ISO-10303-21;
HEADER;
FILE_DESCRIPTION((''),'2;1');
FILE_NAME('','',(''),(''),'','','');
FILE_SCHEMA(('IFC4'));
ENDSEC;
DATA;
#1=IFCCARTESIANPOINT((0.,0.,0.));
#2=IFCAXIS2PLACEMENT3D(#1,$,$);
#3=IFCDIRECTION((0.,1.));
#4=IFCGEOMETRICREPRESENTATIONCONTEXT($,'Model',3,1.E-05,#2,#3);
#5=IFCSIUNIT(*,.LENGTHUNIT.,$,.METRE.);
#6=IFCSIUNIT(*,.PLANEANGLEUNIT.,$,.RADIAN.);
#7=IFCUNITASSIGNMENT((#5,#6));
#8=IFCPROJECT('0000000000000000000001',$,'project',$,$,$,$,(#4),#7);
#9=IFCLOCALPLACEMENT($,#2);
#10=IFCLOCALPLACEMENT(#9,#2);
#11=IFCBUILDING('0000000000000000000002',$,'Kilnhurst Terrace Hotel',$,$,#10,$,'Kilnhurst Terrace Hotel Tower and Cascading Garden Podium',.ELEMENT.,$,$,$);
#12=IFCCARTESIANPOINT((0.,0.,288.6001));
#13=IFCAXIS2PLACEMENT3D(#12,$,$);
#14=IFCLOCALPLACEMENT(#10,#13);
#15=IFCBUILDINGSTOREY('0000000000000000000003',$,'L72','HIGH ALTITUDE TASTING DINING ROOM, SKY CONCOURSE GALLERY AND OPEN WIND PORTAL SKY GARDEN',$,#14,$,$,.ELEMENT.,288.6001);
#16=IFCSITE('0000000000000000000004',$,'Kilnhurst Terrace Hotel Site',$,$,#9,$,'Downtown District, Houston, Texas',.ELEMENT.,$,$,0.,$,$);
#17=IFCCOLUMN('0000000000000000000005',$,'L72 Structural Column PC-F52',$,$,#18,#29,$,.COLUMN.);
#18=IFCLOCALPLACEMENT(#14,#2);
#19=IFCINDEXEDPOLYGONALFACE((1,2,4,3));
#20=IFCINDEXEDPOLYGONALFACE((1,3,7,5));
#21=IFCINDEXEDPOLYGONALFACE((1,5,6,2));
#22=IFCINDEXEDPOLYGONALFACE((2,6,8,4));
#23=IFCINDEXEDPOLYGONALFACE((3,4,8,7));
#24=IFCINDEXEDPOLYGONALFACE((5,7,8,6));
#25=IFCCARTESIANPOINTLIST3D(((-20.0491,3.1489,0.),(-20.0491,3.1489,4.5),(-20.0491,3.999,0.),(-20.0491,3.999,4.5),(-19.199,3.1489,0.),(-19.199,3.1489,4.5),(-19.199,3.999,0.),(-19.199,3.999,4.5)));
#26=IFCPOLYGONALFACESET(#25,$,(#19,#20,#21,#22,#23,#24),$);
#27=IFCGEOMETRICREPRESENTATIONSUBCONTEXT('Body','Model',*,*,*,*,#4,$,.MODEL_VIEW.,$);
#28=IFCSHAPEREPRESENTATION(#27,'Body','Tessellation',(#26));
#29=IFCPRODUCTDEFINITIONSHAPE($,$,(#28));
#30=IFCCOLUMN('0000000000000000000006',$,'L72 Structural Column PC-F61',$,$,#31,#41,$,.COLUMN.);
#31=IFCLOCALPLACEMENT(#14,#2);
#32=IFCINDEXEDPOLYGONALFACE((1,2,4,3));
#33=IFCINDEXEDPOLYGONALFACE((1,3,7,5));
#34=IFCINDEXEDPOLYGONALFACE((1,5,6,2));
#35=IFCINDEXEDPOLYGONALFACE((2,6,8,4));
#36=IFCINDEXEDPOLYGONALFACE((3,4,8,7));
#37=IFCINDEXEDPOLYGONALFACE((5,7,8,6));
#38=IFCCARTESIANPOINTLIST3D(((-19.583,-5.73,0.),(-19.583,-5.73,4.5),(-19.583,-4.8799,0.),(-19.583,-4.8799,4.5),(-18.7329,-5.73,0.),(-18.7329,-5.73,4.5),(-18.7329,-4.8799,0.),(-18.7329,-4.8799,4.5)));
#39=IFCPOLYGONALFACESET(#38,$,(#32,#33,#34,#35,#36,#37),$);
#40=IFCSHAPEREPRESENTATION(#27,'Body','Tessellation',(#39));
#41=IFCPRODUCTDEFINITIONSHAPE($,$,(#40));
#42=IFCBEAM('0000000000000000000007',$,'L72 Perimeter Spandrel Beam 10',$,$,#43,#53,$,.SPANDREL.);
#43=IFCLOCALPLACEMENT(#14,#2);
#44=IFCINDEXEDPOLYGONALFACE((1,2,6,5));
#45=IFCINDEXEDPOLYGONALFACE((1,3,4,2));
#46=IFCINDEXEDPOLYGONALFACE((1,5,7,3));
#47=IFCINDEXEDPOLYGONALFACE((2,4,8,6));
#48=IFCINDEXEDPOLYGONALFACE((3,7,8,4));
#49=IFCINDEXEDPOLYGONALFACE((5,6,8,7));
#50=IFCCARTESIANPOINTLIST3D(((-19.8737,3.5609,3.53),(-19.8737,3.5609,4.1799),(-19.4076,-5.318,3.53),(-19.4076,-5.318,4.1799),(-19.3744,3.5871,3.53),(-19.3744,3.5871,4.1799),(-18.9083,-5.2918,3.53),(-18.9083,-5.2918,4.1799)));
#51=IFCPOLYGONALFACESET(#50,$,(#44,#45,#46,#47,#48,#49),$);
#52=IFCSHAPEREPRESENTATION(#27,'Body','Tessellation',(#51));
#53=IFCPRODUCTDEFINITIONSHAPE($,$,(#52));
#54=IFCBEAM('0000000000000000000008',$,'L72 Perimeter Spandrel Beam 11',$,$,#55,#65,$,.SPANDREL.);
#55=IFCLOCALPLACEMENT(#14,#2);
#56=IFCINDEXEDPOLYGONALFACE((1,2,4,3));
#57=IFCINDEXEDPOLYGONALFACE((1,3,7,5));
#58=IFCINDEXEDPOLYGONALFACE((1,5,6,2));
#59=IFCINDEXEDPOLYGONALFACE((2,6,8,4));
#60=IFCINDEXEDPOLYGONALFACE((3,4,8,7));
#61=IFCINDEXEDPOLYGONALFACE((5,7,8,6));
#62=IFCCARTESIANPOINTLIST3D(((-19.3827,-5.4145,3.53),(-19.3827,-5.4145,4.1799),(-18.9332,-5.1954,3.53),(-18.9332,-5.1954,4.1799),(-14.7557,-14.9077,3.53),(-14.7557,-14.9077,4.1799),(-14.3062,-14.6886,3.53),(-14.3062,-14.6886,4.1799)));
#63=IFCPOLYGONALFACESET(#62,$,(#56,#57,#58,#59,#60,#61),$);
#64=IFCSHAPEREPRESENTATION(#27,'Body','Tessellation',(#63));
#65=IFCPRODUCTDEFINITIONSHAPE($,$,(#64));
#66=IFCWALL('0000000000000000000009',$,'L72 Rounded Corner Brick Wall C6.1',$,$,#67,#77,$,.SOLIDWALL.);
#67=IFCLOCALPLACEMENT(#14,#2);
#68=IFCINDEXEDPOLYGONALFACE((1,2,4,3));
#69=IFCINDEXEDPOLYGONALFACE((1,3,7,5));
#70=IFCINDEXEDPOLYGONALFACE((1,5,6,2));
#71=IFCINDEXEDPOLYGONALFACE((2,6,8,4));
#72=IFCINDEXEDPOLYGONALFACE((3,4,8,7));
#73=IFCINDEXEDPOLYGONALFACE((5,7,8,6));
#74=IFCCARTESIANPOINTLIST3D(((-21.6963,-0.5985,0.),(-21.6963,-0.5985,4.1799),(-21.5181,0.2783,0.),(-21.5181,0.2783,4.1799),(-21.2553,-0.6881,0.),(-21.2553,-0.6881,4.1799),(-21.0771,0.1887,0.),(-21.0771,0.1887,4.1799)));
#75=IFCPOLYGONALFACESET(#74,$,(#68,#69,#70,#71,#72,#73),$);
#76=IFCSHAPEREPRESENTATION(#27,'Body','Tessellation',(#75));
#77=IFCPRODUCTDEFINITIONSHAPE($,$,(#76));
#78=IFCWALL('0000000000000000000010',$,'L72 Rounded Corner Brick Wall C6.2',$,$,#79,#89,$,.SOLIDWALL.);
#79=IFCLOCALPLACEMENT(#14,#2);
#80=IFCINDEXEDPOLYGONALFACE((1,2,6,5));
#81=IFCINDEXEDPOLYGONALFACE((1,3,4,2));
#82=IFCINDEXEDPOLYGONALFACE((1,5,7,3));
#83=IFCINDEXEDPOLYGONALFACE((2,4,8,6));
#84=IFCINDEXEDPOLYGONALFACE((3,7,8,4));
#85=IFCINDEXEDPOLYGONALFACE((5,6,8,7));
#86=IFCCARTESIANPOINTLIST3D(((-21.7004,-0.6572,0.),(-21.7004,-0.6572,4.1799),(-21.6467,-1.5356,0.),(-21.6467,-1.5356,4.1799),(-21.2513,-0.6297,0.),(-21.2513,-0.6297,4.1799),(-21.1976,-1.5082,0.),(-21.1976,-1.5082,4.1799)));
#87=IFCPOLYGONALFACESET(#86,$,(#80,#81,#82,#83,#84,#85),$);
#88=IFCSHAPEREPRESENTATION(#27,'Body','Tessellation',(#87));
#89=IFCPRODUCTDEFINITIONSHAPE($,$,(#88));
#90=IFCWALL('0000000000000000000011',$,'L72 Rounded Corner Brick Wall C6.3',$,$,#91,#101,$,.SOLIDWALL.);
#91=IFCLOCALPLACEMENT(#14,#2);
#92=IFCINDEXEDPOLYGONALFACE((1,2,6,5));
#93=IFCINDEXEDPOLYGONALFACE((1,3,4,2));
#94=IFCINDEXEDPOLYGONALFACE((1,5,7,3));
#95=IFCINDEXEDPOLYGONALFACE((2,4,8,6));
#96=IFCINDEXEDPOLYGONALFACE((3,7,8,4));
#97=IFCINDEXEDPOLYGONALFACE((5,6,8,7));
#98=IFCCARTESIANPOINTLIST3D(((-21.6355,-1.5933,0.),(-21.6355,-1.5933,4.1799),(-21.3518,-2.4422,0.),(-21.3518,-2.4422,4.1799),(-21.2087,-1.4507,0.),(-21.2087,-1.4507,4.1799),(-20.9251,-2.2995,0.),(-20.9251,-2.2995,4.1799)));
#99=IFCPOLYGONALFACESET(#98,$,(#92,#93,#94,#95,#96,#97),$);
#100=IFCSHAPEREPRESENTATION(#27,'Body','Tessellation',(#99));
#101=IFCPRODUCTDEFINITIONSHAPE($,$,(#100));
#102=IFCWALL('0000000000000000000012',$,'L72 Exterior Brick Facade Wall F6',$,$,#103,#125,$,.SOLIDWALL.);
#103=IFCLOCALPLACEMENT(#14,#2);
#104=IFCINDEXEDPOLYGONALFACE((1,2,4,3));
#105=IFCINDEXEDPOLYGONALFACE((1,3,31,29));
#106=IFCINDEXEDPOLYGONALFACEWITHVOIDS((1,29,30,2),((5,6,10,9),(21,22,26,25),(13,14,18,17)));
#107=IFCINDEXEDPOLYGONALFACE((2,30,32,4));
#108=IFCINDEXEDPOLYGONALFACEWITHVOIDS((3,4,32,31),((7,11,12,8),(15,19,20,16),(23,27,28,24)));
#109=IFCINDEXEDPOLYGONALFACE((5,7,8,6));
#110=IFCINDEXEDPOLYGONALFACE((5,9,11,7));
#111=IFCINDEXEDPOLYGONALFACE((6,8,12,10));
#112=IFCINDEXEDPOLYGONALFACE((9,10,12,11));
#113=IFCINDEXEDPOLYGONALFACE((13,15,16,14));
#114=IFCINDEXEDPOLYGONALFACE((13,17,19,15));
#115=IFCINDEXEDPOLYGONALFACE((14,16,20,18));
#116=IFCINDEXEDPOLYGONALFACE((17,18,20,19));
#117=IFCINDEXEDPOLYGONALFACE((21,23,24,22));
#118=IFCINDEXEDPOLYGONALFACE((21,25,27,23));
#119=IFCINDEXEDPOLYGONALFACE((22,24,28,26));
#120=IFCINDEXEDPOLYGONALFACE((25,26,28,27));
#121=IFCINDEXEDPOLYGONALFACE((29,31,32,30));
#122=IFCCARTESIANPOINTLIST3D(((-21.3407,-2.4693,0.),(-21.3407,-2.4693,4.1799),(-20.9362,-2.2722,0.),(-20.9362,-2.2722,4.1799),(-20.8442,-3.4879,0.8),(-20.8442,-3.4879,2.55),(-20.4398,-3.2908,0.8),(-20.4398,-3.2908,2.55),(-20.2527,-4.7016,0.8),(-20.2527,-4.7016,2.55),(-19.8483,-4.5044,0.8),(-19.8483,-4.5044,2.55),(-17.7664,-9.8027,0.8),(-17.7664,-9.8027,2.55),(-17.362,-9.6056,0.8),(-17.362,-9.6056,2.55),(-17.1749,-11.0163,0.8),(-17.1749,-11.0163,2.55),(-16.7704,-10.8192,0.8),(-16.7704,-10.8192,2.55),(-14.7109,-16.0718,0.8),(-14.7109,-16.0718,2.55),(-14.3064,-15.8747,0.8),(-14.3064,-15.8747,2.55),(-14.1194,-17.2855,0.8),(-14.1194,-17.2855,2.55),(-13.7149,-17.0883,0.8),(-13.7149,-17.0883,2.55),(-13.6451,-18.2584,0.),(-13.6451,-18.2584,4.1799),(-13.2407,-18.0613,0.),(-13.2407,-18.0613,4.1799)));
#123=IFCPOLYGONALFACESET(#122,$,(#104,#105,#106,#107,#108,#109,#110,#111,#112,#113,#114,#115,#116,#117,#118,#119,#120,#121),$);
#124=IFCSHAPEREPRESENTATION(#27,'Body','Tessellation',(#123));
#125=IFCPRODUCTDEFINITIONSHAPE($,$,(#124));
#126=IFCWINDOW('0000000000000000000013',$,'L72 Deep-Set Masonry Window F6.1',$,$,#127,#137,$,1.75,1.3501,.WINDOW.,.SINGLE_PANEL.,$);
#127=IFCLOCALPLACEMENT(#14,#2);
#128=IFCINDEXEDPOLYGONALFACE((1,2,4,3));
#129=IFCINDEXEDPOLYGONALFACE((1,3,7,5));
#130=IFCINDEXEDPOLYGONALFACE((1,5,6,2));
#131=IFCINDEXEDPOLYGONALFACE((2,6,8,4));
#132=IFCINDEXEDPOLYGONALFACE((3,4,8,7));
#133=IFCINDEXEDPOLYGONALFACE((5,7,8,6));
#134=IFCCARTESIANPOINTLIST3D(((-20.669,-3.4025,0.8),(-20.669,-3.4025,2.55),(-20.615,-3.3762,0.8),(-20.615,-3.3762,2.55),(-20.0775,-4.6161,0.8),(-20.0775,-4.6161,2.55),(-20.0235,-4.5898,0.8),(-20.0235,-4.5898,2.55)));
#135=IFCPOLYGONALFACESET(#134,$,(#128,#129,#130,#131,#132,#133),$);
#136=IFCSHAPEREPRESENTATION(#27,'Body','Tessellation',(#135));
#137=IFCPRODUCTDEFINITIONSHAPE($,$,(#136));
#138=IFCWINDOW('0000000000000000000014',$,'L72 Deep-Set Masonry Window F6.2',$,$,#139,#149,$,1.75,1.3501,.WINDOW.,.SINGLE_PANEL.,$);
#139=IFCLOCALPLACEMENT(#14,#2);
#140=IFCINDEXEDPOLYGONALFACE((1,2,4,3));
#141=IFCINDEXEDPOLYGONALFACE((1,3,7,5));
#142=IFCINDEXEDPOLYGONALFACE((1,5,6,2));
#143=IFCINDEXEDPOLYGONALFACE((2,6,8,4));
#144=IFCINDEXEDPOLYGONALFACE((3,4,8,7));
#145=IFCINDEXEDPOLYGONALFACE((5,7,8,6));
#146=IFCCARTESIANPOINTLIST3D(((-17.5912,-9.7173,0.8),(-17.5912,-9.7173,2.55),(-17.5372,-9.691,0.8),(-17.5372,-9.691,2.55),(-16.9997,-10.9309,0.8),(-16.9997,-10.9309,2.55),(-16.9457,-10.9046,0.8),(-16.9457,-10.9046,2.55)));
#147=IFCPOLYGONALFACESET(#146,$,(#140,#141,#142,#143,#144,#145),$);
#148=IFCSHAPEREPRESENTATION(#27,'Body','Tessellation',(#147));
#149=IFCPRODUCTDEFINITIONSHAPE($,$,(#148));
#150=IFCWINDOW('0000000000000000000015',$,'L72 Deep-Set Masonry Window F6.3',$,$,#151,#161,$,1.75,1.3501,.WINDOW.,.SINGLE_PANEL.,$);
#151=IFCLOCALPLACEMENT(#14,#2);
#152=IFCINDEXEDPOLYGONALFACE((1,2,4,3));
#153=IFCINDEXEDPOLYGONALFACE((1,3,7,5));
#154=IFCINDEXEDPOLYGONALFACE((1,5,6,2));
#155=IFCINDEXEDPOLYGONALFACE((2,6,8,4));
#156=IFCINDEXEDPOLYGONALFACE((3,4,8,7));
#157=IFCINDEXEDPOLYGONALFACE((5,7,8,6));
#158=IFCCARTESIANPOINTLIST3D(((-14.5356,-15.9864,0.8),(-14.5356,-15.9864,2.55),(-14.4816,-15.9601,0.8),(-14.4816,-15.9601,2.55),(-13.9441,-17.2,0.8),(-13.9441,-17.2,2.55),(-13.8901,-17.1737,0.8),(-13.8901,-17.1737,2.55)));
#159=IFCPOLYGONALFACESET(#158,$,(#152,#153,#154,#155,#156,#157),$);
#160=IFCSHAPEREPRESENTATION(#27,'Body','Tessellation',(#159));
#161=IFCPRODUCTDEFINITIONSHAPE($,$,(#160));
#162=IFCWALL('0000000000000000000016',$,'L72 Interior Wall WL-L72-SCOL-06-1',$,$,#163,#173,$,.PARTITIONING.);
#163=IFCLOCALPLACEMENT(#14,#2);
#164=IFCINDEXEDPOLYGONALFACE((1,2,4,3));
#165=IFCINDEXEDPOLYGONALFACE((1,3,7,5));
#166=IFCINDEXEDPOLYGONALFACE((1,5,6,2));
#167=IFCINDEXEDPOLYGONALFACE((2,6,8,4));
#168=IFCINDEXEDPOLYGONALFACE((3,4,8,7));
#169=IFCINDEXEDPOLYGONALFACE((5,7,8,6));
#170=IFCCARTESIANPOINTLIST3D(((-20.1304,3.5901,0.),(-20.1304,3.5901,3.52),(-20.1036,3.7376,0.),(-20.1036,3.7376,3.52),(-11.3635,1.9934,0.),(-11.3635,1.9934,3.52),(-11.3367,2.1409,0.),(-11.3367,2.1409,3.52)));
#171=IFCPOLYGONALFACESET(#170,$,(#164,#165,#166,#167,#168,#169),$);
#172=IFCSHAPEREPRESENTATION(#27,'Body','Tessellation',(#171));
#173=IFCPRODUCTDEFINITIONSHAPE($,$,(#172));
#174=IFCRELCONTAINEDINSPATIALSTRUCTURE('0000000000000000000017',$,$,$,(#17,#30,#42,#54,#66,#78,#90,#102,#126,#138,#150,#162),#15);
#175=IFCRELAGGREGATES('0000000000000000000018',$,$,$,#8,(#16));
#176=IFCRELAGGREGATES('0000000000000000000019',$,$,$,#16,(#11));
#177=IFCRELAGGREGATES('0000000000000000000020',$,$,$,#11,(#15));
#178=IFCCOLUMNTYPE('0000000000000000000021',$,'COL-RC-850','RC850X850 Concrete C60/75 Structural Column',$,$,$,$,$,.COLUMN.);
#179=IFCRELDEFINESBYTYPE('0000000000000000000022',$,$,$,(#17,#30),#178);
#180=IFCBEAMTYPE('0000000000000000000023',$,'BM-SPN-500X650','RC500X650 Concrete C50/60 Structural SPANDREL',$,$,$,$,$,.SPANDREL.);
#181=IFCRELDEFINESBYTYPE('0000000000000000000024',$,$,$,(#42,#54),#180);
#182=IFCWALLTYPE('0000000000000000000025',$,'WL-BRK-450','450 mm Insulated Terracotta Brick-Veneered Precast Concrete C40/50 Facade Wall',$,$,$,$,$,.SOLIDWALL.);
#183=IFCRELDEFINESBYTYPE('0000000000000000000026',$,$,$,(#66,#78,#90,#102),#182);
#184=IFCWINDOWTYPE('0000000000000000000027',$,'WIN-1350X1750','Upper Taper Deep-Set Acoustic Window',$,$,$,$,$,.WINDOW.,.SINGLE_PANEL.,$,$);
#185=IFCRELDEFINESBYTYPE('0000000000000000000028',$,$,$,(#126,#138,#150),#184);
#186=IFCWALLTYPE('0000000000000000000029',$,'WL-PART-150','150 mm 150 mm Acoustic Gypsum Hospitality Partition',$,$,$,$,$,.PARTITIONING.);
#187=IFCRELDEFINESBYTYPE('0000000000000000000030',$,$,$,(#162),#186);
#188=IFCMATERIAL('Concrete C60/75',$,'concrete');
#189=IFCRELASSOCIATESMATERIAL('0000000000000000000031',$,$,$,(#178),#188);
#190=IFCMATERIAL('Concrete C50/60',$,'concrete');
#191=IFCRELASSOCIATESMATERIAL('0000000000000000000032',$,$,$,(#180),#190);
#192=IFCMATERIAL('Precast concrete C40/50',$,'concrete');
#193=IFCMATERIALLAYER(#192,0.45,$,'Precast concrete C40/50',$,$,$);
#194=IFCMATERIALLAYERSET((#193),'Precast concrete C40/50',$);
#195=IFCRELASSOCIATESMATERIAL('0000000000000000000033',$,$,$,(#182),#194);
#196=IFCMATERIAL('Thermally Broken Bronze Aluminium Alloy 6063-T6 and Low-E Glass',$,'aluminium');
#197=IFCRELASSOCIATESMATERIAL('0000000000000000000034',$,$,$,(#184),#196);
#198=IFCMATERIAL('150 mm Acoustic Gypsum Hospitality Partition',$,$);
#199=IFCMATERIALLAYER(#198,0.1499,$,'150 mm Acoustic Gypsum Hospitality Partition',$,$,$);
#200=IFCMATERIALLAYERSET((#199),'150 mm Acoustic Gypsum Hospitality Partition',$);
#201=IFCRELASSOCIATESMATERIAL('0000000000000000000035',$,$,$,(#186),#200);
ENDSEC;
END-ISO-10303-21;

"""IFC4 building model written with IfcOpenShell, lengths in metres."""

from ifc_helpers import new_model, si_unit, direction, frame, frame_2d, origin, origin_2d, place, context, subcontext, project, spatial, rectangle, extrude, material, layer, layer_set, material_profile, profile_set, type_object, element, fill, save


model = new_model("IFC4")

# Units and contexts
model_context = context("Model", 3, precision=1e-05, world=origin(), true_north=direction((0.0, 1.0)))
body_context = subcontext(model_context, "Body", "Model", "MODEL_VIEW")
ifc_project = project(units=[si_unit("LENGTHUNIT", "METRE"), si_unit("PLANEANGLEUNIT", "RADIAN")], contexts=[model_context])

# Site, building, storey
site_placement = place(None, origin())
site = spatial("IfcSite", under=ifc_project, at=site_placement, Name="Kilnhurst Terrace Hotel Site", LongName="Downtown District, Houston, Texas", CompositionType="ELEMENT", RefElevation=0.0)
building_placement = place(site_placement, origin())
building = spatial("IfcBuilding", under=site, at=building_placement, Name="Kilnhurst Terrace Hotel", LongName="Kilnhurst Terrace Hotel Tower and Cascading Garden Podium", CompositionType="ELEMENT")
storey_placement = place(building_placement, frame((0.0, 0.0, 288.6001)))
storey = spatial("IfcBuildingStorey", under=building, at=storey_placement, Name="L72", Description="HIGH ALTITUDE TASTING DINING ROOM, SKY CONCOURSE GALLERY AND OPEN WIND PORTAL SKY GARDEN", CompositionType="ELEMENT", Elevation=288.6001)

# Columns
ifc_material_1 = material(Name="Concrete C60/75", Category="concrete")
ifc_material_profile_1 = material_profile(ifc_material_1, rectangle(XDim=0.8501, YDim=0.8501, at=origin_2d()), Name="RC850X850")
ifc_profile_set_1 = profile_set([ifc_material_profile_1], Name="Concrete C60/75")
column_type = type_object("IfcColumnType", Name="COL-RC-850", Description="RC850X850 Concrete C60/75 Structural Column", PredefinedType="COLUMN", material=ifc_profile_set_1)
for number, where, z_axis, x_axis, name in (
    (1, (-19.624, 3.574, 0.0), (0.0, 0.0, 1.0), (1.0, 0.0, 0.0), "L72 Structural Column PC-F52"),
    (2, (-19.158, -5.3049, 0.0), (0.0, 0.0, 1.0), (1.0, 0.0, 0.0), "L72 Structural Column PC-F61"),
):
    element("IfcColumn", number, at=place(storey_placement, frame(where, z_axis=z_axis, x_axis=x_axis)), inside=storey, type_object=column_type, Name=name, PredefinedType="COLUMN", context=body_context, shape_type="SweptSolid", body=[
        extrude(rectangle(XDim=0.8501, YDim=0.8501, at=origin_2d()), origin(), (0.0, 0.0, 1.0), 4.5),
    ])

# Beams
ifc_material_2 = material(Name="Concrete C50/60", Category="concrete")
ifc_material_profile_2 = material_profile(ifc_material_2, rectangle(XDim=0.5, YDim=0.6499, at=origin_2d()), Name="RC500X650")
ifc_profile_set_2 = profile_set([ifc_material_profile_2], Name="Concrete C50/60")
beam_type = type_object("IfcBeamType", Name="BM-SPN-500X650", Description="RC500X650 Concrete C50/60 Structural SPANDREL", PredefinedType="SPANDREL", material=ifc_profile_set_2)
beam_1_placement = place(storey_placement, frame((-19.624, 3.574, 3.855), z_axis=(0.052419, -0.998625, 0.0), x_axis=(0.998625, 0.052419, 0.0)))
element("IfcBeam", 3, at=beam_1_placement, inside=storey, type_object=beam_type, Name="L72 Perimeter Spandrel Beam 10", PredefinedType="SPANDREL", context=body_context, shape_type="SweptSolid", body=[
    extrude(rectangle(XDim=0.5, YDim=0.6499, at=origin_2d()), origin(), (0.0, 0.0, 1.0), 8.8911),
])
beam_2_placement = place(storey_placement, frame((-19.158, -5.3049, 3.855), z_axis=(0.438128, -0.898912, 0.0), x_axis=(0.898912, 0.438128, 0.0)))
element("IfcBeam", 4, at=beam_2_placement, inside=storey, type_object=beam_type, Name="L72 Perimeter Spandrel Beam 11", PredefinedType="SPANDREL", context=body_context, shape_type="SweptSolid", body=[
    extrude(rectangle(XDim=0.5, YDim=0.6499, at=origin_2d()), origin(), (0.0, 0.0, 1.0), 10.5608),
])

# Walls
ifc_material_3 = material(Name="Precast concrete C40/50", Category="concrete")
ifc_layer_1 = layer(ifc_material_3, 0.45, Name="Precast concrete C40/50")
ifc_layer_set_1 = layer_set([ifc_layer_1], Name="Precast concrete C40/50")
wall_type_1 = type_object("IfcWallType", Name="WL-BRK-450", Description="450 mm Insulated Terracotta Brick-Veneered Precast Concrete C40/50 Facade Wall", PredefinedType="SOLIDWALL", material=ifc_layer_set_1)
wall_1_placement = place(storey_placement, frame((-21.2976, 0.2334, 0.0), z_axis=(0.0, 0.0, 1.0), x_axis=(-0.199158, -0.979967, 0.0)))
element("IfcWall", 5, at=wall_1_placement, inside=storey, type_object=wall_type_1, Name="L72 Rounded Corner Brick Wall C6.1", PredefinedType="SOLIDWALL", context=body_context, shape_type="SweptSolid", body=[
    extrude(rectangle(XDim=0.8948, YDim=0.45, at=frame_2d((0.4473, 0.0))), origin(), (0.0, 0.0, 1.0), 4.1799),
])
wall_2_placement = place(storey_placement, frame((-21.4758, -0.6436, 0.0), z_axis=(0.0, 0.0, 1.0), x_axis=(0.061031, -0.998136, 0.0)))
element("IfcWall", 6, at=wall_2_placement, inside=storey, type_object=wall_type_1, Name="L72 Rounded Corner Brick Wall C6.2", PredefinedType="SOLIDWALL", context=body_context, shape_type="SweptSolid", body=[
    extrude(rectangle(XDim=0.8801, YDim=0.45, at=frame_2d((0.4399, 0.0))), origin(), (0.0, 0.0, 1.0), 4.1799),
])
wall_3_placement = place(storey_placement, frame((-21.4221, -1.522, 0.0), z_axis=(0.0, 0.0, 1.0), x_axis=(0.316964, -0.948438, 0.0)))
element("IfcWall", 7, at=wall_3_placement, inside=storey, type_object=wall_type_1, Name="L72 Rounded Corner Brick Wall C6.3", PredefinedType="SOLIDWALL", context=body_context, shape_type="SweptSolid", body=[
    extrude(rectangle(XDim=0.895, YDim=0.45, at=frame_2d((0.4475, 0.0))), origin(), (0.0, 0.0, 1.0), 4.1799),
])

# Wall, openings, windows
wall_4_placement = place(storey_placement, frame((-21.1384, -2.3708, 0.0), z_axis=(0.0, 0.0, 1.0), x_axis=(0.438128, -0.898913, 0.0)))
wall_4 = element("IfcWall", 8, at=wall_4_placement, inside=storey, type_object=wall_type_1, Name="L72 Exterior Brick Facade Wall F6", PredefinedType="SOLIDWALL", context=body_context, shape_type="SweptSolid", body=[
    extrude(rectangle(XDim=17.5647, YDim=0.45, at=frame_2d((8.7822, 0.0))), origin(), (0.0, 0.0, 1.0), 4.1799),
])
opening_1_placement = place(wall_4_placement, frame((1.1331, 0.0, 0.8)))
opening_1 = element("IfcOpeningElement", 9, at=opening_1_placement, cuts=wall_4, PredefinedType="OPENING", context=body_context, shape_type="SweptSolid", body=[
    extrude(rectangle(XDim=1.3501, YDim=1.75, at=frame_2d((0.675, 0.875))), frame((0.0, 0.2349, 0.0), z_axis=(0.0, -1.0, 0.0), x_axis=(1.0, 0.0, 0.0)), (0.0, 0.0, 1.0), 0.47),
])
opening_2_placement = place(wall_4_placement, frame((8.158, 0.0, 0.8)))
opening_2 = element("IfcOpeningElement", 10, at=opening_2_placement, cuts=wall_4, PredefinedType="OPENING", context=body_context, shape_type="SweptSolid", body=[
    extrude(rectangle(XDim=1.3501, YDim=1.75, at=frame_2d((0.675, 0.875))), frame((0.0, 0.2349, 0.0), z_axis=(0.0, -1.0, 0.0), x_axis=(1.0, 0.0, 0.0)), (0.0, 0.0, 1.0), 0.47),
])
opening_3_placement = place(wall_4_placement, frame((15.1321, 0.0, 0.8)))
opening_3 = element("IfcOpeningElement", 11, at=opening_3_placement, cuts=wall_4, PredefinedType="OPENING", context=body_context, shape_type="SweptSolid", body=[
    extrude(rectangle(XDim=1.3501, YDim=1.75, at=frame_2d((0.675, 0.875))), frame((0.0, 0.2349, 0.0), z_axis=(0.0, -1.0, 0.0), x_axis=(1.0, 0.0, 0.0)), (0.0, 0.0, 1.0), 0.47),
])
ifc_material_4 = material(Name="Thermally Broken Bronze Aluminium Alloy 6063-T6 and Low-E Glass", Category="aluminium")
window_type = type_object("IfcWindowType", Name="WIN-1350X1750", Description="Upper Taper Deep-Set Acoustic Window", PartitioningType="SINGLE_PANEL", PredefinedType="WINDOW", material=ifc_material_4)
window_1_placement = place(opening_1_placement, origin())
window_1 = element("IfcWindow", 12, at=window_1_placement, inside=storey, type_object=window_type, Name="L72 Deep-Set Masonry Window F6.1", OverallHeight=1.75, OverallWidth=1.3501, PartitioningType="SINGLE_PANEL", PredefinedType="WINDOW", context=body_context, shape_type="SweptSolid", body=[
    extrude(rectangle(XDim=1.3501, YDim=1.75, at=frame_2d((0.675, 0.875))), frame((0.0, 0.03, 0.0), z_axis=(0.0, -1.0, 0.0), x_axis=(1.0, 0.0, 0.0)), (0.0, 0.0, 1.0), 0.0601),
])
fill(opening_1, window_1)
window_2_placement = place(opening_2_placement, origin())
window_2 = element("IfcWindow", 13, at=window_2_placement, inside=storey, type_object=window_type, Name="L72 Deep-Set Masonry Window F6.2", OverallHeight=1.75, OverallWidth=1.3501, PartitioningType="SINGLE_PANEL", PredefinedType="WINDOW", context=body_context, shape_type="SweptSolid", body=[
    extrude(rectangle(XDim=1.3501, YDim=1.75, at=frame_2d((0.675, 0.875))), frame((0.0, 0.03, 0.0), z_axis=(0.0, -1.0, 0.0), x_axis=(1.0, 0.0, 0.0)), (0.0, 0.0, 1.0), 0.0601),
])
fill(opening_2, window_2)
window_3_placement = place(opening_3_placement, origin())
window_3 = element("IfcWindow", 14, at=window_3_placement, inside=storey, type_object=window_type, Name="L72 Deep-Set Masonry Window F6.3", OverallHeight=1.75, OverallWidth=1.3501, PartitioningType="SINGLE_PANEL", PredefinedType="WINDOW", context=body_context, shape_type="SweptSolid", body=[
    extrude(rectangle(XDim=1.3501, YDim=1.75, at=frame_2d((0.675, 0.875))), frame((0.0, 0.03, 0.0), z_axis=(0.0, -1.0, 0.0), x_axis=(1.0, 0.0, 0.0)), (0.0, 0.0, 1.0), 0.0601),
])
fill(opening_3, window_3)

# Wall
ifc_material_5 = material(Name="150 mm Acoustic Gypsum Hospitality Partition")
ifc_layer_2 = layer(ifc_material_5, 0.1499, Name="150 mm Acoustic Gypsum Hospitality Partition")
ifc_layer_set_2 = layer_set([ifc_layer_2], Name="150 mm Acoustic Gypsum Hospitality Partition")
wall_type_2 = type_object("IfcWallType", Name="WL-PART-150", Description="150 mm 150 mm Acoustic Gypsum Hospitality Partition", PredefinedType="PARTITIONING", material=ifc_layer_set_2)
wall_5_placement = place(storey_placement, frame((-11.3501, 2.0671, 0.0), z_axis=(0.0, 0.0, 1.0), x_axis=(-0.983816, 0.17918, 0.0)))
element("IfcWall", 15, at=wall_5_placement, inside=storey, type_object=wall_type_2, Name="L72 Interior Wall WL-L72-SCOL-06-1", PredefinedType="PARTITIONING", context=body_context, shape_type="SweptSolid", body=[
    extrude(rectangle(XDim=8.9111, YDim=0.1499, at=frame_2d((4.4556, 0.0))), origin(), (0.0, 0.0, 1.0), 3.52),
])

save(model, "model.ifc")
